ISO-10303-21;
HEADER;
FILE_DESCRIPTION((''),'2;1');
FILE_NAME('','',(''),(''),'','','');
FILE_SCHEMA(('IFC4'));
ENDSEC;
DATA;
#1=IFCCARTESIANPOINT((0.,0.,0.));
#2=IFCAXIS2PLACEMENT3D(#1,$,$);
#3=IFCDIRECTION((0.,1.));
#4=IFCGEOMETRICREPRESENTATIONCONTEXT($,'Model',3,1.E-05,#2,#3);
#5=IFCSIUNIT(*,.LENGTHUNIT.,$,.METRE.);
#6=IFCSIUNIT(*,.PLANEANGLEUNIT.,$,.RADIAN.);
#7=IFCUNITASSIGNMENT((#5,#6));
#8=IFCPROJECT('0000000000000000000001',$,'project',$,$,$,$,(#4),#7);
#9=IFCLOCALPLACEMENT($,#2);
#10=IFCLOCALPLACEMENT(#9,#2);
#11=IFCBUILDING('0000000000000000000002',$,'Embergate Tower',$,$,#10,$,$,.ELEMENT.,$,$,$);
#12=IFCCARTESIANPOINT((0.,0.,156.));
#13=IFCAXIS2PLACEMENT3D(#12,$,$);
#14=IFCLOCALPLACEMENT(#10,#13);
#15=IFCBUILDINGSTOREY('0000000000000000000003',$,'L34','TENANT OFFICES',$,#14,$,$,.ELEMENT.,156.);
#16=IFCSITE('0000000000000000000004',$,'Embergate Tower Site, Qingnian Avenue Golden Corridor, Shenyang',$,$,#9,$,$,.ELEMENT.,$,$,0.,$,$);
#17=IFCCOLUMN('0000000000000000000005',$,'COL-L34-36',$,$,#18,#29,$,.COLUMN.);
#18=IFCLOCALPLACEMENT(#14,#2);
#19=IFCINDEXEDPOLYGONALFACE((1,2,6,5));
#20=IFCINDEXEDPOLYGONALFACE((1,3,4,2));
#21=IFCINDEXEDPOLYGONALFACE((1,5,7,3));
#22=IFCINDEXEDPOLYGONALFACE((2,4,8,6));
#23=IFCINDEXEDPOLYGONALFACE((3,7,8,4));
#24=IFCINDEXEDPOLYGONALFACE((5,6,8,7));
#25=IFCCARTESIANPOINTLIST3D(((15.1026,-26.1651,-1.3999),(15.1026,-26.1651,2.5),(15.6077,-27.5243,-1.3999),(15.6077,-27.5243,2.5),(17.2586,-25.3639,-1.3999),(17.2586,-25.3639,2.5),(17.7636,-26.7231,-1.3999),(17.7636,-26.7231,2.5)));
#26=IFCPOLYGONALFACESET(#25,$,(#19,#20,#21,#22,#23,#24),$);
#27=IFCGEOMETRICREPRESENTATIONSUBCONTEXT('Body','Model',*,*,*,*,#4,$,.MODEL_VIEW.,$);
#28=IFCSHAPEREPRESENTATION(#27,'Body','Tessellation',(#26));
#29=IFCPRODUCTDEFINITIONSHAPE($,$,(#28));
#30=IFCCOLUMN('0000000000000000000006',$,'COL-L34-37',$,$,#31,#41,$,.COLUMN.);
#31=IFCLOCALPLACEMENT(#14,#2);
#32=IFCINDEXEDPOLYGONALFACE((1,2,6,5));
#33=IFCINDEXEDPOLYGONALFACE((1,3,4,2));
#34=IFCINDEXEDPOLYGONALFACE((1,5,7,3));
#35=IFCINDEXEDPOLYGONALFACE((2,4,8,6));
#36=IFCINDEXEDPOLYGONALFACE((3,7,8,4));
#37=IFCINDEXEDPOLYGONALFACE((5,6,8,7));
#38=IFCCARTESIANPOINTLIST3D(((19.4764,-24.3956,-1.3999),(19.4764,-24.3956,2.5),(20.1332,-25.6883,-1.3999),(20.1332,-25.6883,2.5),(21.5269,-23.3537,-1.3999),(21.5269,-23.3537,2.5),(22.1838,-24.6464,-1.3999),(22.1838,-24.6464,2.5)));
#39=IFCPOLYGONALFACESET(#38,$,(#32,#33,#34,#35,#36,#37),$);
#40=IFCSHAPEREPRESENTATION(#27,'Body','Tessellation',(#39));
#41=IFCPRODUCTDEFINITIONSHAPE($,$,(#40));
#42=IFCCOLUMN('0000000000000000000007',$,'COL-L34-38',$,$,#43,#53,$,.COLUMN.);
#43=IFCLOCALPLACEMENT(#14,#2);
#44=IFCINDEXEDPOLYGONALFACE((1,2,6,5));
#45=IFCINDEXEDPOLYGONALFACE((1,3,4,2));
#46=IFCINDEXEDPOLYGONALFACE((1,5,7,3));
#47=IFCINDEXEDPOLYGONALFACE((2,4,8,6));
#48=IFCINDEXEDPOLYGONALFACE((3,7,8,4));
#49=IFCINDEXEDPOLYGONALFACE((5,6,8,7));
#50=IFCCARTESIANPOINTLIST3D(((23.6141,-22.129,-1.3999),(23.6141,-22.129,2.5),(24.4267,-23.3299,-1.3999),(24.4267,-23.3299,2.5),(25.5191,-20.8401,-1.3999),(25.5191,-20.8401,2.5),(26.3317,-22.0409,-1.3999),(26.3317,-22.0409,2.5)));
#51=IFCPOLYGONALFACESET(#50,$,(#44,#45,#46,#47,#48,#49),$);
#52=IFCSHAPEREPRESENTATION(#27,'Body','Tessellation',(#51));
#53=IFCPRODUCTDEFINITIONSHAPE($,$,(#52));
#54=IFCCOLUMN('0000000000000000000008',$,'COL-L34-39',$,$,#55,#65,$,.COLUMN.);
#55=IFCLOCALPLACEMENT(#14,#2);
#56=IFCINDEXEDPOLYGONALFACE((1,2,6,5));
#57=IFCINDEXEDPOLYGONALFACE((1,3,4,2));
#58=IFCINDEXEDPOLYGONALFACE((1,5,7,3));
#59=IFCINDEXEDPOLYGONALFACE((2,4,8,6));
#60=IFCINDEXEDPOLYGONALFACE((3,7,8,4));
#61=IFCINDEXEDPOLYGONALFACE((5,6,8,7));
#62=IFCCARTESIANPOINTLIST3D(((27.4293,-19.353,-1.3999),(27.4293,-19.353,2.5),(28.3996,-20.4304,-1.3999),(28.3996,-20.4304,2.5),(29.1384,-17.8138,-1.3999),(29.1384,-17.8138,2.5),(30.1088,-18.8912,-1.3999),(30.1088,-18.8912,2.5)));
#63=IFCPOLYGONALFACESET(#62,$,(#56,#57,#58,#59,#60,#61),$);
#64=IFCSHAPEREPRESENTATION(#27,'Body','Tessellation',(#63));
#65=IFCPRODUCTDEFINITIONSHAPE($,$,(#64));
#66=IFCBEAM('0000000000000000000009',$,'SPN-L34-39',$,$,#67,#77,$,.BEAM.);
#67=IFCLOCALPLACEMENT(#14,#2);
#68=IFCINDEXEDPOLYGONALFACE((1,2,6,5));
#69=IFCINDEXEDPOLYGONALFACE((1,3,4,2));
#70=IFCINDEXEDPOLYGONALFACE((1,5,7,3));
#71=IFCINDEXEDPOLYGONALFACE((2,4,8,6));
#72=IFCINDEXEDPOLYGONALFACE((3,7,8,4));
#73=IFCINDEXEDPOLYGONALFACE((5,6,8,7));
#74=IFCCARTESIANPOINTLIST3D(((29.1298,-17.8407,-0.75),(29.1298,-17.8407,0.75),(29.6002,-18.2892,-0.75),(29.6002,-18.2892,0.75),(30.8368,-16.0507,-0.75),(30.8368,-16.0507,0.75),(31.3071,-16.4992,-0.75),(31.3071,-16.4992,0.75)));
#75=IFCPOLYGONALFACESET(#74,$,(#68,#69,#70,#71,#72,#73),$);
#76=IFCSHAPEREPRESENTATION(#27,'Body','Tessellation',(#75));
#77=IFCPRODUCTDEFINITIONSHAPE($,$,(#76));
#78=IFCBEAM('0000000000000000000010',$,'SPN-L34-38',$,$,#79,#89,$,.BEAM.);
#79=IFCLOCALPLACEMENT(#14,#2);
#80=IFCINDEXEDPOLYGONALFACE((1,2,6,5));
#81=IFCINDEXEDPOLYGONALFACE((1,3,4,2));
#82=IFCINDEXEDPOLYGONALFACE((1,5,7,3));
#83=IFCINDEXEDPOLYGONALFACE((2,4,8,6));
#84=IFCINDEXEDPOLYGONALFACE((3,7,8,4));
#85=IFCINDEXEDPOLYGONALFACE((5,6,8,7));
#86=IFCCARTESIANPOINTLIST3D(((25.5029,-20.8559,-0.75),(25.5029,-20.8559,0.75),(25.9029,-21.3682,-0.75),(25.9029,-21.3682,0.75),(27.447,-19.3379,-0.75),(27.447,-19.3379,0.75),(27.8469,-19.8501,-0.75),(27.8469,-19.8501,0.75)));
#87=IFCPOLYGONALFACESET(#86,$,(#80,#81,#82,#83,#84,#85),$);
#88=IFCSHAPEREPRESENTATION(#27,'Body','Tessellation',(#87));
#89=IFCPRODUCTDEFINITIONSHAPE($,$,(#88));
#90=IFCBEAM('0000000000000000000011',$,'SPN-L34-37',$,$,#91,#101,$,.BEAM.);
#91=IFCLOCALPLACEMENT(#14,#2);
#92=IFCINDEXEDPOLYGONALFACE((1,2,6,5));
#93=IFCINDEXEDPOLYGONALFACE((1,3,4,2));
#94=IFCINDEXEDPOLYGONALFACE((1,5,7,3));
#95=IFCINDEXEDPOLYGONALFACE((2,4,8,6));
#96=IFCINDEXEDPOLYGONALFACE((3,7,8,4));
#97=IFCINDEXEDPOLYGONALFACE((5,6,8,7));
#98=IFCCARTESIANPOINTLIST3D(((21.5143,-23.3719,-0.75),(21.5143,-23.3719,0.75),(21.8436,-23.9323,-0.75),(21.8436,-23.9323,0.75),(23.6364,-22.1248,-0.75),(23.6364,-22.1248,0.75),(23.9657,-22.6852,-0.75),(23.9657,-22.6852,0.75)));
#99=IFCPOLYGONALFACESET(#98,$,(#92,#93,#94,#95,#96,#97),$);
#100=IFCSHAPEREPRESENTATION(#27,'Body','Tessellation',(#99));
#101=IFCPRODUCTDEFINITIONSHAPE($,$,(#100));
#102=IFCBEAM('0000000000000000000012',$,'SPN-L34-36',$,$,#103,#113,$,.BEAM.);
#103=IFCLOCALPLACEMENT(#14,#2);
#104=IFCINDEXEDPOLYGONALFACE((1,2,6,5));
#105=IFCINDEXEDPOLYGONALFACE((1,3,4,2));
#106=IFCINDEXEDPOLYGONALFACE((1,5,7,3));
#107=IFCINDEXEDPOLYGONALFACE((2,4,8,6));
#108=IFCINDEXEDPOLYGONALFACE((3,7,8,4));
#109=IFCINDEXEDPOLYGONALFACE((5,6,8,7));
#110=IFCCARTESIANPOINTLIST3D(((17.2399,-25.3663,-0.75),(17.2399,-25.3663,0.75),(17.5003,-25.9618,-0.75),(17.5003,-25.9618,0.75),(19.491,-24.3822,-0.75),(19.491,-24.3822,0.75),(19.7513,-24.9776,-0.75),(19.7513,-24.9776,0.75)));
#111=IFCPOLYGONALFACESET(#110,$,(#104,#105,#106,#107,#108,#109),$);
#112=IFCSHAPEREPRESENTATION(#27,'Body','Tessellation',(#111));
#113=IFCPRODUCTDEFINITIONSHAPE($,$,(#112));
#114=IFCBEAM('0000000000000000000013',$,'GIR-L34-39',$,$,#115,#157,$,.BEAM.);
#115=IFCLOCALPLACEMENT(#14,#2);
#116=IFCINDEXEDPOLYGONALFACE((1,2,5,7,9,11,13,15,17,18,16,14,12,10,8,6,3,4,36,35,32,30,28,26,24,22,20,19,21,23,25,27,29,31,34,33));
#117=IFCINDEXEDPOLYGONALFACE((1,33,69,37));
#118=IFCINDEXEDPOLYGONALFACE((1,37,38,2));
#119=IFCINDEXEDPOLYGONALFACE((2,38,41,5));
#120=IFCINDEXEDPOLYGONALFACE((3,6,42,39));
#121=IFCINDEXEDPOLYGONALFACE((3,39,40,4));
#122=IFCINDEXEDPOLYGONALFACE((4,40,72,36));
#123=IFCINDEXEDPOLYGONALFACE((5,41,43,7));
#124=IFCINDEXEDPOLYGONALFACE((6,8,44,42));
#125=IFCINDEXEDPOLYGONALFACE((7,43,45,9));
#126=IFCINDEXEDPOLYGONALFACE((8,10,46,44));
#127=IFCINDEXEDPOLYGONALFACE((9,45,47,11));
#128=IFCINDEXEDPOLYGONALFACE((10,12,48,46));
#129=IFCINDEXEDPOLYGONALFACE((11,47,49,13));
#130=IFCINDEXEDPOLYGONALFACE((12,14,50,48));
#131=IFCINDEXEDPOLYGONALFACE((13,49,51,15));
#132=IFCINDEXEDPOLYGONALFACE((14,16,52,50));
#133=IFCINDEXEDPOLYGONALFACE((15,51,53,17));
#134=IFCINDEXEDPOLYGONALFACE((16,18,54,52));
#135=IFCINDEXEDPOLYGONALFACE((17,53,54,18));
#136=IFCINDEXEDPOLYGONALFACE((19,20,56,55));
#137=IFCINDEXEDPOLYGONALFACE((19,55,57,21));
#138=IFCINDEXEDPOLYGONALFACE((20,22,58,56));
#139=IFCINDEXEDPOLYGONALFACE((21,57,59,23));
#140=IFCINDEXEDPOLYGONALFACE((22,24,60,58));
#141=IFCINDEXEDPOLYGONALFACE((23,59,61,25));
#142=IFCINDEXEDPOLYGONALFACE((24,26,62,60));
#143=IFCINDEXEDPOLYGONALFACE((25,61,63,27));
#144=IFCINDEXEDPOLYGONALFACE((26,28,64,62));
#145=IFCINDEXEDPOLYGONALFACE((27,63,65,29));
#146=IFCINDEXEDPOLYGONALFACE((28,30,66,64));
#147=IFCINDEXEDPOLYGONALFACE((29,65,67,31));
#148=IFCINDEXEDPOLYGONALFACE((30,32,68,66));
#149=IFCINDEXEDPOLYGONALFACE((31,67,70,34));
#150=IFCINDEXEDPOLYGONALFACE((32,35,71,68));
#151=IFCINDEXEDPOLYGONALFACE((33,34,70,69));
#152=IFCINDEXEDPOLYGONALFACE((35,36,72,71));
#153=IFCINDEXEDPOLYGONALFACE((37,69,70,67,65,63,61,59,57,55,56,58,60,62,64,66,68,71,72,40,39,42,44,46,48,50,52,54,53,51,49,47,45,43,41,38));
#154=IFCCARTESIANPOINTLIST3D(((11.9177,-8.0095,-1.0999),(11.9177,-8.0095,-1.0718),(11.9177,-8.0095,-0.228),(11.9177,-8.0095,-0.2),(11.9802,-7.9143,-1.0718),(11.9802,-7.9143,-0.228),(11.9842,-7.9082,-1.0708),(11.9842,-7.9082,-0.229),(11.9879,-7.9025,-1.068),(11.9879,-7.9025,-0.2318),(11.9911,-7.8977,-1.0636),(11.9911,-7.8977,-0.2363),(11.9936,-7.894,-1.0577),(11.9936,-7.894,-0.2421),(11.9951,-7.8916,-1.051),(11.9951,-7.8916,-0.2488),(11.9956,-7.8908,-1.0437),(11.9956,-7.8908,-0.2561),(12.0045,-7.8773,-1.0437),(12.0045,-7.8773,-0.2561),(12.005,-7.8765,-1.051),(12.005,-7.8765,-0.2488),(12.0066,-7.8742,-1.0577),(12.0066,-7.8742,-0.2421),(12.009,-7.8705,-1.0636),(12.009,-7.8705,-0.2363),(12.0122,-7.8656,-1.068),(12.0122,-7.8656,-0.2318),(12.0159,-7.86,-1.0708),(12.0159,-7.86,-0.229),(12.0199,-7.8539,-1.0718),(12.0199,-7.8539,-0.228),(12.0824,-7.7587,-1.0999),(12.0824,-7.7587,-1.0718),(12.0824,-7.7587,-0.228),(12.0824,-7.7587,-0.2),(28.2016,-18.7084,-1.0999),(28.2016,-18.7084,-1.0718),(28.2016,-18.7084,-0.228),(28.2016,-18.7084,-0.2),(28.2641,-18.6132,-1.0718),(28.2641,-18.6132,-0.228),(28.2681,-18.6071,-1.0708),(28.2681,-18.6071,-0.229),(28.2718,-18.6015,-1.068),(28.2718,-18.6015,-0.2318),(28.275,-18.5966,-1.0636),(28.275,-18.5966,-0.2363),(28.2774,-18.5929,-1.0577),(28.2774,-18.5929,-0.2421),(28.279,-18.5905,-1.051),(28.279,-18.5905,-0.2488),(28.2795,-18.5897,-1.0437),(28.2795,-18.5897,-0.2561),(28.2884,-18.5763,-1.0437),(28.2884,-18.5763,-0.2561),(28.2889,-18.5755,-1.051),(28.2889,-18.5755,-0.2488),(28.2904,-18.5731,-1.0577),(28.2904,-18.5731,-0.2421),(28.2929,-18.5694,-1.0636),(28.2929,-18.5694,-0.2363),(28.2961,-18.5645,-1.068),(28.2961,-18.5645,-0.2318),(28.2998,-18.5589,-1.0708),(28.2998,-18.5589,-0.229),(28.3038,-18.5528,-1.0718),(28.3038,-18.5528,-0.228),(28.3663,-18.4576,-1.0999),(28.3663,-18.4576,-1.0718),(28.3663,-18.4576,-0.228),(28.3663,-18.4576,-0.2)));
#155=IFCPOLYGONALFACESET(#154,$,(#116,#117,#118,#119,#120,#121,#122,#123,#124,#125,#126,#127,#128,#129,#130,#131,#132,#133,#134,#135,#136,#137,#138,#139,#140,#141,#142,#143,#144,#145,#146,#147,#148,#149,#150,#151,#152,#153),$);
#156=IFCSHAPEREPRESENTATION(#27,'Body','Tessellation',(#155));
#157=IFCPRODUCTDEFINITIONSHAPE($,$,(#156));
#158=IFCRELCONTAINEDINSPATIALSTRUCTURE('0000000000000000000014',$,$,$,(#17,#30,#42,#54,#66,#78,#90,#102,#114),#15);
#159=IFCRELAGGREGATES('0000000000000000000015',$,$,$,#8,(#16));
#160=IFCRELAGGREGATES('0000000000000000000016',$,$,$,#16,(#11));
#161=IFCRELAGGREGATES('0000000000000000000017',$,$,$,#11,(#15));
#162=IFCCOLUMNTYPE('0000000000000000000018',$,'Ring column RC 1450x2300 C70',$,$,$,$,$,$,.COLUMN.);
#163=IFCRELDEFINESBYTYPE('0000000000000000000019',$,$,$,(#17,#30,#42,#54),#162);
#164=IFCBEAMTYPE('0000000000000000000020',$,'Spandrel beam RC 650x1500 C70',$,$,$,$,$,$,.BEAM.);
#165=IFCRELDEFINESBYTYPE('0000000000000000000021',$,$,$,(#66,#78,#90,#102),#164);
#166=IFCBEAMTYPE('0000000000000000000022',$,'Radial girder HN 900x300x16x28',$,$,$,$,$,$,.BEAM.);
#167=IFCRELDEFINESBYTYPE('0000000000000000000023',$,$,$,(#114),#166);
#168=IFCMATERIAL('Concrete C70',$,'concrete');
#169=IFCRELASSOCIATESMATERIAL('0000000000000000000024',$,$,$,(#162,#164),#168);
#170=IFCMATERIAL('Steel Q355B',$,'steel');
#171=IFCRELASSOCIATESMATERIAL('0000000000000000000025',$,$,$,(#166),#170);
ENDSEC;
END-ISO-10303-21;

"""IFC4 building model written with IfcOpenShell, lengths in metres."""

from ifc_helpers import new_model, si_unit, direction, frame, origin, origin_2d, place, context, subcontext, project, spatial, rectangle, i_section, extrude, source, transform, mapped, material, material_profile, profile_set, type_object, element, save


model = new_model("IFC4")

# Units and contexts
model_context = context("Model", 3, precision=1e-05, world=origin(), true_north=direction((0.0, 1.0)))
body_context = subcontext(model_context, "Body", "Model", "MODEL_VIEW")
ifc_project = project(units=[si_unit("LENGTHUNIT", "METRE"), si_unit("PLANEANGLEUNIT", "RADIAN")], contexts=[model_context])

# Site, building, storey
site_placement = place(None, origin())
site = spatial("IfcSite", under=ifc_project, at=site_placement, Name="Embergate Tower Site, Qingnian Avenue Golden Corridor, Shenyang", CompositionType="ELEMENT", RefElevation=0.0)
building_placement = place(site_placement, origin())
building = spatial("IfcBuilding", under=site, at=building_placement, Name="Embergate Tower", CompositionType="ELEMENT")
storey_placement = place(building_placement, frame((0.0, 0.0, 156.0)))
storey = spatial("IfcBuildingStorey", under=building, at=storey_placement, Name="L34", Description="TENANT OFFICES", CompositionType="ELEMENT", Elevation=156.0)

# Columns
ifc_material_1 = material(Name="Concrete C70", Category="concrete")
ifc_material_profile_1 = material_profile(ifc_material_1, rectangle(XDim=1.45, YDim=2.3, at=origin_2d()), Name="RC 1450x2300")
ifc_profile_set_1 = profile_set([ifc_material_profile_1], Name="Concrete C70")
column_type = type_object("IfcColumnType", Name="Ring column RC 1450x2300 C70", PredefinedType="COLUMN", material=ifc_profile_set_1)
shared_shape_1 = source(origin(), body_context, "Body", "SweptSolid", [
    extrude(rectangle(XDim=1.45, YDim=2.3, at=origin_2d()), origin(), (0.0, 0.0, 1.0), 3.8999),
])
for number, where, z_axis, x_axis, name in (
    (1, (16.4331, -26.4441, -1.3999), (0.0, 0.0, 1.0), (0.348343, -0.937367, 0.0), "COL-L34-36"),
    (2, (20.8301, -24.521, -1.3999), (0.0, 0.0, 1.0), (0.452995, -0.891513, 0.0), "COL-L34-37"),
    (3, (24.9729, -22.085, -1.3999), (0.0, 0.0, 1.0), (0.560393, -0.828227, 0.0), "COL-L34-38"),
    (4, (28.769, -19.1221, -1.3999), (0.0, 0.0, 1.0), (0.669208, -0.743075, 0.0), "COL-L34-39"),
):
    element("IfcColumn", number, at=place(storey_placement, frame(where, z_axis=z_axis, x_axis=x_axis)), inside=storey, type_object=column_type, Name=name, PredefinedType="COLUMN", context=body_context, shape_type="MappedRepresentation", body=[
        mapped(shared_shape_1, transform((0.0, 0.0, 0.0))),
    ])

# Beams
ifc_material_profile_2 = material_profile(ifc_material_1, rectangle(XDim=0.6499, YDim=1.5, at=origin_2d()), Name="RC 650x1500")
ifc_profile_set_2 = profile_set([ifc_material_profile_2], Name="Concrete C70")
beam_type_1 = type_object("IfcBeamType", Name="Spandrel beam RC 650x1500 C70", PredefinedType="BEAM", material=ifc_profile_set_2)
shared_shape_2 = source(origin(), body_context, "Body", "SweptSolid", [
    extrude(rectangle(XDim=0.6499, YDim=1.5, at=origin_2d()), origin(), (0.0, 0.0, 1.0), 2.4734),
])
beam_1_placement = place(storey_placement, frame((29.365, -18.0649, 0.0), z_axis=(0.690128, 0.723687, 0.0), x_axis=(-0.723687, 0.690128, 0.0)))
element("IfcBeam", 5, at=beam_1_placement, inside=storey, type_object=beam_type_1, Name="SPN-L34-39", PredefinedType="BEAM", context=body_context, shape_type="MappedRepresentation", body=[
    mapped(shared_shape_2, transform((0.0, 0.0, 0.0))),
])
shared_shape_3 = source(origin(), body_context, "Body", "SweptSolid", [
    extrude(rectangle(XDim=0.6499, YDim=1.5, at=origin_2d()), origin(), (0.0, 0.0, 1.0), 2.4666),
])
beam_2_placement = place(storey_placement, frame((25.7029, -21.1121, 0.0), z_axis=(0.788173, 0.615454, 0.0), x_axis=(-0.615454, 0.788173, 0.0)))
element("IfcBeam", 6, at=beam_2_placement, inside=storey, type_object=beam_type_1, Name="SPN-L34-38", PredefinedType="BEAM", context=body_context, shape_type="MappedRepresentation", body=[
    mapped(shared_shape_3, transform((0.0, 0.0, 0.0))),
])
shared_shape_4 = source(origin(), body_context, "Body", "SweptSolid", [
    extrude(rectangle(XDim=0.6499, YDim=1.5, at=origin_2d()), origin(), (0.0, 0.0, 1.0), 2.4614),
])
beam_3_placement = place(storey_placement, frame((21.679, -23.6521, 0.0), z_axis=(0.862148, 0.506656, 0.0), x_axis=(-0.506656, 0.862148, 0.0)))
element("IfcBeam", 7, at=beam_3_placement, inside=storey, type_object=beam_type_1, Name="SPN-L34-37", PredefinedType="BEAM", context=body_context, shape_type="MappedRepresentation", body=[
    mapped(shared_shape_4, transform((0.0, 0.0, 0.0))),
])
shared_shape_5 = source(origin(), body_context, "Body", "SweptSolid", [
    extrude(rectangle(XDim=0.6499, YDim=1.5, at=origin_2d()), origin(), (0.0, 0.0, 1.0), 2.4568),
])
beam_4_placement = place(storey_placement, frame((17.3701, -25.6641, 0.0), z_axis=(0.916258, 0.400589, 0.0), x_axis=(-0.400589, 0.916258, 0.0)))
element("IfcBeam", 8, at=beam_4_placement, inside=storey, type_object=beam_type_1, Name="SPN-L34-36", PredefinedType="BEAM", context=body_context, shape_type="MappedRepresentation", body=[
    mapped(shared_shape_5, transform((0.0, 0.0, 0.0))),
])
ifc_material_2 = material(Name="Steel Q355B", Category="steel")
ifc_material_profile_3 = material_profile(ifc_material_2, i_section(OverallWidth=0.3, OverallDepth=0.8999, WebThickness=0.0161, FlangeThickness=0.0281, FilletRadius=0.0281, at=origin_2d()), Name="HN 900x300x16x28")
ifc_profile_set_3 = profile_set([ifc_material_profile_3], Name="Steel Q355 grade B")
beam_type_2 = type_object("IfcBeamType", Name="Radial girder HN 900x300x16x28", PredefinedType="BEAM", material=ifc_profile_set_3)
shared_shape_6 = source(origin(), body_context, "Body", "SweptSolid", [
    extrude(i_section(OverallWidth=0.3, OverallDepth=0.8999, WebThickness=0.0161, FlangeThickness=0.0281, FilletRadius=0.0281, at=origin_2d()), origin(), (0.0, 0.0, 1.0), 19.4841),
])
beam_5_placement = place(storey_placement, frame((28.2839, -18.583, -0.6499), z_axis=(-0.83575, 0.54911, 0.0), x_axis=(-0.54911, -0.83575, 0.0)))
element("IfcBeam", 9, at=beam_5_placement, inside=storey, type_object=beam_type_2, Name="GIR-L34-39", PredefinedType="BEAM", context=body_context, shape_type="MappedRepresentation", body=[
    mapped(shared_shape_6, transform((0.0, 0.0, 0.0))),
])

save(model, "model.ifc")
